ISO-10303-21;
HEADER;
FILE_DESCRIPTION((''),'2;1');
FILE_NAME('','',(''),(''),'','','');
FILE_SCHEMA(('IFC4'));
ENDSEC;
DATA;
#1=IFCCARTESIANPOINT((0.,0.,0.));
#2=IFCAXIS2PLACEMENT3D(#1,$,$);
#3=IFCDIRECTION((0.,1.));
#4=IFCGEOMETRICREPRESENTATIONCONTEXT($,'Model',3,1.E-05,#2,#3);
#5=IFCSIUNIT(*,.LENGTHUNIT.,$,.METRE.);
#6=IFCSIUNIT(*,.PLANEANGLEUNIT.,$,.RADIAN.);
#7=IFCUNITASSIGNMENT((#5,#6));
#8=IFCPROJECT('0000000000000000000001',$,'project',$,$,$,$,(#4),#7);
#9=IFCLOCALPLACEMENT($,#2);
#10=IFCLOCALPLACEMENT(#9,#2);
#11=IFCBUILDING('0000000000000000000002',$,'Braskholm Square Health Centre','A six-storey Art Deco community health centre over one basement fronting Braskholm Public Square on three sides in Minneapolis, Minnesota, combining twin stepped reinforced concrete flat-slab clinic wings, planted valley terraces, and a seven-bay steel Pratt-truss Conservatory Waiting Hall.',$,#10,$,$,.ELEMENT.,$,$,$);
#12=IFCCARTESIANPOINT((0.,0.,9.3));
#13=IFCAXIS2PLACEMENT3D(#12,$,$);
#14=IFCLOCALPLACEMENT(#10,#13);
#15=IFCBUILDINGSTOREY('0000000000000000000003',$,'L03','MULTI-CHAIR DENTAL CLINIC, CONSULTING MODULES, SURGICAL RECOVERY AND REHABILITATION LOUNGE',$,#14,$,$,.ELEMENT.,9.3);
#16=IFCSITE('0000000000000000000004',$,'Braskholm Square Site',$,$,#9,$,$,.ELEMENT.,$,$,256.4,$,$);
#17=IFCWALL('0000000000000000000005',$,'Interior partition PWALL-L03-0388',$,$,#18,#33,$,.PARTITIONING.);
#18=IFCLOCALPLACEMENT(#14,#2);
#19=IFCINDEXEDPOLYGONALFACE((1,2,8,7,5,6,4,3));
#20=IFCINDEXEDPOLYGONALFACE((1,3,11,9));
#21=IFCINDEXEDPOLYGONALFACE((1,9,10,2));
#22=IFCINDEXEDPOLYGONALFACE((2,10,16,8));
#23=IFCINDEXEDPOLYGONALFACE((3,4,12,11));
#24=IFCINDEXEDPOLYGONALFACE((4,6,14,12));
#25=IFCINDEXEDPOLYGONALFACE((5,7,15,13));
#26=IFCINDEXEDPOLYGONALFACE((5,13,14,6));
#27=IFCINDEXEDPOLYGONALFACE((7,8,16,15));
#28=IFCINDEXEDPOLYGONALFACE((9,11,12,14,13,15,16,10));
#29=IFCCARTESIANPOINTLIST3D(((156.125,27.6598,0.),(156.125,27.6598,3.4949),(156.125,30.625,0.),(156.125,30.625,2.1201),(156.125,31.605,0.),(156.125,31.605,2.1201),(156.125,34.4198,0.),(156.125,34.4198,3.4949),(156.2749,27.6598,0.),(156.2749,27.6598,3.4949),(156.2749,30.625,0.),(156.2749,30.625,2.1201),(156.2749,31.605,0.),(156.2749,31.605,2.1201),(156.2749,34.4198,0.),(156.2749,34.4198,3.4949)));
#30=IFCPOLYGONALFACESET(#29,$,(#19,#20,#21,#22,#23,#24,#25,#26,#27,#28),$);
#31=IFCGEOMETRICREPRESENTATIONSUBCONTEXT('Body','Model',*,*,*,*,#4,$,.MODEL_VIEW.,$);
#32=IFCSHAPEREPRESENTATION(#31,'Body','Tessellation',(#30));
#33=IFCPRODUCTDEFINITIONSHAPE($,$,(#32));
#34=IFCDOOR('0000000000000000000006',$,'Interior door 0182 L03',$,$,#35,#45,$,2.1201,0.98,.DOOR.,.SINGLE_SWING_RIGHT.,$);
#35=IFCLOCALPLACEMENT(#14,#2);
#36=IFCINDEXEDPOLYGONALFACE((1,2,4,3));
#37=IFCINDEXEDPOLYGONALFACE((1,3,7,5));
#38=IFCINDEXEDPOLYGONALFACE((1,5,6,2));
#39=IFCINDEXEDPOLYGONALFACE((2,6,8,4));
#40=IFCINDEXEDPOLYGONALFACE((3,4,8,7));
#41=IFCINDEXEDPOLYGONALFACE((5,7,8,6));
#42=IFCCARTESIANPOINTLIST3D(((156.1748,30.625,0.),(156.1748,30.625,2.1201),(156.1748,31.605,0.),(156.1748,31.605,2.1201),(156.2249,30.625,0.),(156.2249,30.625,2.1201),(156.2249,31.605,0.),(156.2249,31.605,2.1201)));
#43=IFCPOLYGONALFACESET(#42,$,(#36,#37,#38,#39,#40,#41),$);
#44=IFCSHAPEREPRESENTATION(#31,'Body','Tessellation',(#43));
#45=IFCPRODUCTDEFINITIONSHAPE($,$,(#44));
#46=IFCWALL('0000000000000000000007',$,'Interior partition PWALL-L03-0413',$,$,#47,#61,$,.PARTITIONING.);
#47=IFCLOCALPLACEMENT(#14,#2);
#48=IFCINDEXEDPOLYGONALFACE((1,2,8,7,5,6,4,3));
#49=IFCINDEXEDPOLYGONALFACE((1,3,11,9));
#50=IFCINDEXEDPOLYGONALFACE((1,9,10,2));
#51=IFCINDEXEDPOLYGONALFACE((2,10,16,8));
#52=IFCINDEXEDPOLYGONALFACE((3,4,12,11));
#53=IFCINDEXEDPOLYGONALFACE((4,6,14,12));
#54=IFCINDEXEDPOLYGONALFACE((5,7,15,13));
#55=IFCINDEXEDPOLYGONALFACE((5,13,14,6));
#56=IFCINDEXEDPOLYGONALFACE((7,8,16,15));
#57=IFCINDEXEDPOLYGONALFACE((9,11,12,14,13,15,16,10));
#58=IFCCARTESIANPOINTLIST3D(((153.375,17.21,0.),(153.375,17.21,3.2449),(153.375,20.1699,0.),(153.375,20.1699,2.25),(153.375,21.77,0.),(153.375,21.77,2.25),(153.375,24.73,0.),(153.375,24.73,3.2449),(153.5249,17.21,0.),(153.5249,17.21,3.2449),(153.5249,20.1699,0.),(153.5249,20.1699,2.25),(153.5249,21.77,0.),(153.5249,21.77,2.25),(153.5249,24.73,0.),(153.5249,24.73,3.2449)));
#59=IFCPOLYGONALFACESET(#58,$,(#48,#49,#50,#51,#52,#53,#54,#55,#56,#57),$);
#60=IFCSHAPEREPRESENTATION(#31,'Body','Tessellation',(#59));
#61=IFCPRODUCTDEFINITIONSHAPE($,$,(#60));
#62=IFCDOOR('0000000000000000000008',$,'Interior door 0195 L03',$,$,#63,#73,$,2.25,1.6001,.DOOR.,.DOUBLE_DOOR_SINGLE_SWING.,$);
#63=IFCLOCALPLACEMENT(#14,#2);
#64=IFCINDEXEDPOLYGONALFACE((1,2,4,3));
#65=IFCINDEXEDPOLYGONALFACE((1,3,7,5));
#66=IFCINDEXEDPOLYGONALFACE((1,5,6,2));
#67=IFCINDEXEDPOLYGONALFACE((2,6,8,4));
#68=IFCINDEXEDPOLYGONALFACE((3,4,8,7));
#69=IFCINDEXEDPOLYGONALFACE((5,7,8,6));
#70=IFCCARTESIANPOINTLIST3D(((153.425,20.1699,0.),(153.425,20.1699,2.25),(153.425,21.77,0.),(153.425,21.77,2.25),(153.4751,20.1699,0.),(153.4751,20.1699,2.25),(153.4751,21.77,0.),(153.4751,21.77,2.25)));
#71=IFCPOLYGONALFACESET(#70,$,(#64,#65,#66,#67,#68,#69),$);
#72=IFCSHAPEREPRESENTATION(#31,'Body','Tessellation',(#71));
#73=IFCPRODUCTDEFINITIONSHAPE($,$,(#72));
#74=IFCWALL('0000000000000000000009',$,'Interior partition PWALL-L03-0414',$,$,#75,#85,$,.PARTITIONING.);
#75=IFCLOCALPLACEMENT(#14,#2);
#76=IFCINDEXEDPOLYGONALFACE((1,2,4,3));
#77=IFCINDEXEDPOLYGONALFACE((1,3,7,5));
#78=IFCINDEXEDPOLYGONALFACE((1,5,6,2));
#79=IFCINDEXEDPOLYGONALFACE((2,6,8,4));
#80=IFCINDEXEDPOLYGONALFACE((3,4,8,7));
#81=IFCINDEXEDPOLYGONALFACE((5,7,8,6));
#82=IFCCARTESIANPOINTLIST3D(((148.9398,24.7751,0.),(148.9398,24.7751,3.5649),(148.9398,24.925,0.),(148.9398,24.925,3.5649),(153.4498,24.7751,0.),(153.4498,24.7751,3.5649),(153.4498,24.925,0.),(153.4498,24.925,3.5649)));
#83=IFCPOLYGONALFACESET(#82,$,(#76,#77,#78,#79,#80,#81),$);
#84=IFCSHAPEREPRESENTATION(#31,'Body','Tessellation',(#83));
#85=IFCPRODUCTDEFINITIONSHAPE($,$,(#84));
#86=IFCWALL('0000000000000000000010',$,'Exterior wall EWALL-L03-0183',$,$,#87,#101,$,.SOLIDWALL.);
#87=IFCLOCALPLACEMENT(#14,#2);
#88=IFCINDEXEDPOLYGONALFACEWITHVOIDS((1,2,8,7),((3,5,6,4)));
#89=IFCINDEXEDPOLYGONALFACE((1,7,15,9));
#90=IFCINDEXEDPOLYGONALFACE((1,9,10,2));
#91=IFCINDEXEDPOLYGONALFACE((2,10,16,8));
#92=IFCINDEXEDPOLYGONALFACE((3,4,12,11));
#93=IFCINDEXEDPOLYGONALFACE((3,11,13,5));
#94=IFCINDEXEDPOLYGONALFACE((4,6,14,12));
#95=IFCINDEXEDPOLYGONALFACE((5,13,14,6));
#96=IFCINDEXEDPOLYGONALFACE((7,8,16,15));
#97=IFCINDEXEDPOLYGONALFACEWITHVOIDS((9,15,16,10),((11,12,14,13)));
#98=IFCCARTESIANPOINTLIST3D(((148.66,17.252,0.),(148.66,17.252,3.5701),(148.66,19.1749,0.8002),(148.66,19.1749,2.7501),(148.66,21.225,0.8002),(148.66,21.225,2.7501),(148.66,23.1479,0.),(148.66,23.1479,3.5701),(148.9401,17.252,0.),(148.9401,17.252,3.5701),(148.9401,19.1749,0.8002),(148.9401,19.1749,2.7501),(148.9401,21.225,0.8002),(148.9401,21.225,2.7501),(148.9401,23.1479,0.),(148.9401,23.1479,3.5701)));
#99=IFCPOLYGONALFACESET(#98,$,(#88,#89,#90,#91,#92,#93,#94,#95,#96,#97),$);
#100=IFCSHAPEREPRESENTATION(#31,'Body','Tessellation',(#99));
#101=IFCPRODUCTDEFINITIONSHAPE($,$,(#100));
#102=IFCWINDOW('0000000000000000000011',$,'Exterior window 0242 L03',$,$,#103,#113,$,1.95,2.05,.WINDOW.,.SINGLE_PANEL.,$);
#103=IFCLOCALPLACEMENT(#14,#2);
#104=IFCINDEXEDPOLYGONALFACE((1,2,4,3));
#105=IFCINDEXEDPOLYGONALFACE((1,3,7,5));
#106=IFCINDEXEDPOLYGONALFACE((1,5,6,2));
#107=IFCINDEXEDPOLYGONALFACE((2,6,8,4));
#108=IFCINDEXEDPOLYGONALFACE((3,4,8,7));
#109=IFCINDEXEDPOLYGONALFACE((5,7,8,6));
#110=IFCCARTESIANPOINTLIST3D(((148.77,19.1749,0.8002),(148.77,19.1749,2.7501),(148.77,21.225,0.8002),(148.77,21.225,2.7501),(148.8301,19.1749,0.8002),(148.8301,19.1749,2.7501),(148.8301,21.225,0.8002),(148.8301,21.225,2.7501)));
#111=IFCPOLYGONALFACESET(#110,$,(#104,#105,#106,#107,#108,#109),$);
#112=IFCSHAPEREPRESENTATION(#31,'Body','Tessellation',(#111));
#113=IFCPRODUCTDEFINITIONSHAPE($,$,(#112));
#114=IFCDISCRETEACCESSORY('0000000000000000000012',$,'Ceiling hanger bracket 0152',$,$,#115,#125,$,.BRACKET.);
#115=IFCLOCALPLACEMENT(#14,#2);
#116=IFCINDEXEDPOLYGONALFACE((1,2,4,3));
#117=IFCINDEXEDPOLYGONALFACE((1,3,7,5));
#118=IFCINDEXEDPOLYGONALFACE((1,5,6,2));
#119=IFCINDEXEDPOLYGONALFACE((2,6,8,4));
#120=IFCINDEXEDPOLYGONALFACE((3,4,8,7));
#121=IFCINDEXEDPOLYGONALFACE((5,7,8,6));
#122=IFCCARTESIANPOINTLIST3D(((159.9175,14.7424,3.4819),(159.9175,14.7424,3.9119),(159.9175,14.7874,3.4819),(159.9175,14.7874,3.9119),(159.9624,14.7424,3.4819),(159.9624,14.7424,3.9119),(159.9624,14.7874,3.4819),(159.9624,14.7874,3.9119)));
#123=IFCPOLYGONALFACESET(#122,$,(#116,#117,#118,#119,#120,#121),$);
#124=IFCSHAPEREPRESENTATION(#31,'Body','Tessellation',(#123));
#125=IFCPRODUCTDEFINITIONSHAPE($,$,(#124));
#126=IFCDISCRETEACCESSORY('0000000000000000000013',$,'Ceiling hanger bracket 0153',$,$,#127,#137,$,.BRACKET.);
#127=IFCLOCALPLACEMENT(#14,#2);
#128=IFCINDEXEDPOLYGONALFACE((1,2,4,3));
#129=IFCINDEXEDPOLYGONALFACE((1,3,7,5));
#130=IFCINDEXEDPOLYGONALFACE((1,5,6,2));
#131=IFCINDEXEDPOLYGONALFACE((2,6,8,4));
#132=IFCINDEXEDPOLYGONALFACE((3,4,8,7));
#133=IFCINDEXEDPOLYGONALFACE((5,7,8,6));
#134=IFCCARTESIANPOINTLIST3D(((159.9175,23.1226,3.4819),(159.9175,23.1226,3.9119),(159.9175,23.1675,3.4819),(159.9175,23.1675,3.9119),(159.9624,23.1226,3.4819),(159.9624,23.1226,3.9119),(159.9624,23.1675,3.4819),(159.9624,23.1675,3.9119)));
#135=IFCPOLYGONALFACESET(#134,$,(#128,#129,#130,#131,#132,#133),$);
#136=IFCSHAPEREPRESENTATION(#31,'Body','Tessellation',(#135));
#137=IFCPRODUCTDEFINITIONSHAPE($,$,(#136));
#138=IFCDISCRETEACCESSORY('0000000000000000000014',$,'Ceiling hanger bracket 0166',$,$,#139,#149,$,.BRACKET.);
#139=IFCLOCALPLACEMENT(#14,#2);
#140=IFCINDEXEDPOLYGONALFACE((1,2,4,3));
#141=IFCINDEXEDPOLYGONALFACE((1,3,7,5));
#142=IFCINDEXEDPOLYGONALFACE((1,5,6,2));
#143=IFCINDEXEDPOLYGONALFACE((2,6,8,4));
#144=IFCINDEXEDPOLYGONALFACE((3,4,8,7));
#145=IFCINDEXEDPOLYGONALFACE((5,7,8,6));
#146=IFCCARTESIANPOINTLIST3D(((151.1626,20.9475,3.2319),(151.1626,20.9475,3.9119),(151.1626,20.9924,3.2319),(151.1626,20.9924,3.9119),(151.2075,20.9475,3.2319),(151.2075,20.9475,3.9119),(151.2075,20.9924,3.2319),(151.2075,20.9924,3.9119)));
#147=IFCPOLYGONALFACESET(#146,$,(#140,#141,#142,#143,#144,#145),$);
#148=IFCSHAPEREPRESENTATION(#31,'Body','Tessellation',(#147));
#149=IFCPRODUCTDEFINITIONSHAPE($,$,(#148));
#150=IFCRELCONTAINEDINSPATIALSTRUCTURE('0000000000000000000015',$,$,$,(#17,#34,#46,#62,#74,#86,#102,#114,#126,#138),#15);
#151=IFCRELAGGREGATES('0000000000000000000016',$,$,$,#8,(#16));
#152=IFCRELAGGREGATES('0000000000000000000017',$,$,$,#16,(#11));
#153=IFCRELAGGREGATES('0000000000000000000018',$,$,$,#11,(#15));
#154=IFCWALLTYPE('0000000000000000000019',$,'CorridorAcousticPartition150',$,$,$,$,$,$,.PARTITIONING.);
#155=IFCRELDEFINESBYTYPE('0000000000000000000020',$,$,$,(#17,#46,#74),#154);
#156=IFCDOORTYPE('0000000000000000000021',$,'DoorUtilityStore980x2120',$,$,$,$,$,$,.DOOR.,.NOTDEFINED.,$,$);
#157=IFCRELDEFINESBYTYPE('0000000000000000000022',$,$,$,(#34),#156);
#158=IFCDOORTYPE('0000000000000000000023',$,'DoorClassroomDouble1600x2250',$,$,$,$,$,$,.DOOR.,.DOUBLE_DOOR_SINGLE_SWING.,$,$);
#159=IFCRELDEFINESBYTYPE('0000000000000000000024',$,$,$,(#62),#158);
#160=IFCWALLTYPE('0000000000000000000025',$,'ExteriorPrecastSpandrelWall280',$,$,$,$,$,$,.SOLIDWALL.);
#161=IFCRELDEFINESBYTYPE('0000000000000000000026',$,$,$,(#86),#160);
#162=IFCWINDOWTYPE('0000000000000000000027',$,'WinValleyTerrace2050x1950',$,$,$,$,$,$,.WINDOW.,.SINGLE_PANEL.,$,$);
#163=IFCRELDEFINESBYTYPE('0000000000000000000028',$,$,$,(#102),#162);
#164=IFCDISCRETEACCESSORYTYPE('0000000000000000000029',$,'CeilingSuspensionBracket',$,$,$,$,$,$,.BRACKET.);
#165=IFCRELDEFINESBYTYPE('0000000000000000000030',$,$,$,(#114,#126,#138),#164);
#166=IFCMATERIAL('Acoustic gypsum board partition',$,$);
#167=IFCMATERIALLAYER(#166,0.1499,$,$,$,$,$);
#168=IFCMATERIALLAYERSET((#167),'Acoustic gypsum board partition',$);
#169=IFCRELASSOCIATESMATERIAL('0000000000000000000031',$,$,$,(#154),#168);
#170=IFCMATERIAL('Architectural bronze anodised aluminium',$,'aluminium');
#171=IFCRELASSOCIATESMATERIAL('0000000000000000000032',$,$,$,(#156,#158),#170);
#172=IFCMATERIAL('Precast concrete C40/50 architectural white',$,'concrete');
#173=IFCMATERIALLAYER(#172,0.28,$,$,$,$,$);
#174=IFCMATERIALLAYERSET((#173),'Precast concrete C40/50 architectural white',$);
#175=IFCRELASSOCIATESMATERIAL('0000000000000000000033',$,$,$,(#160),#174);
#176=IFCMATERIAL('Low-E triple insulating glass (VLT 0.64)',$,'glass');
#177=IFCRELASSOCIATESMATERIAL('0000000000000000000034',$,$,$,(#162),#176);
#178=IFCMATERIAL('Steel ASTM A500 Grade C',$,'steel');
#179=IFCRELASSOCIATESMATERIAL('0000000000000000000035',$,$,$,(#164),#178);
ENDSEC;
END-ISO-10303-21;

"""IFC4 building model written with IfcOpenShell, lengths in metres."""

from ifc_helpers import new_model, si_unit, direction, frame, frame_2d, origin, origin_with_axes, origin_2d, place, context, subcontext, project, spatial, rectangle, extrude, material, layer, layer_set, type_object, element, fill, save


model = new_model("IFC4")

# Units and contexts
model_context = context("Model", 3, precision=1e-05, world=origin(), true_north=direction((0.0, 1.0)))
body_context = subcontext(model_context, "Body", "Model", "MODEL_VIEW")
ifc_project = project(units=[si_unit("LENGTHUNIT", "METRE"), si_unit("PLANEANGLEUNIT", "RADIAN")], contexts=[model_context])

# Site, building, storey
site_placement = place(None, origin())
site = spatial("IfcSite", under=ifc_project, at=site_placement, Name="Braskholm Square Site", CompositionType="ELEMENT", RefElevation=256.4)
building_placement = place(site_placement, origin())
building = spatial("IfcBuilding", under=site, at=building_placement, Name="Braskholm Square Health Centre", Description="A six-storey Art Deco community health centre over one basement fronting Braskholm Public Square on three sides in Minneapolis, Minnesota, combining twin stepped reinforced concrete flat-slab clinic wings, planted valley terraces, and a seven-bay steel Pratt-truss Conservatory Waiting Hall.", CompositionType="ELEMENT")
storey_placement = place(building_placement, frame((0.0, 0.0, 9.3)))
storey = spatial("IfcBuildingStorey", under=building, at=storey_placement, Name="L03", Description="MULTI-CHAIR DENTAL CLINIC, CONSULTING MODULES, SURGICAL RECOVERY AND REHABILITATION LOUNGE", CompositionType="ELEMENT", Elevation=9.3)

# Shared definitions
ifc_material_1 = material(Name="Low-E triple insulating glass (VLT 0.64)", Category="glass")
ifc_material_2 = material(Name="Architectural bronze anodised aluminium", Category="aluminium")

# Shared definitions
ifc_material_3 = material(Name="Precast concrete C40/50 architectural white", Category="concrete")

# Shared definitions
ifc_material_4 = material(Name="Acoustic gypsum board partition")

# Walls, openings, doors
ifc_layer_1 = layer(ifc_material_4, 0.1499)
ifc_layer_set_1 = layer_set([ifc_layer_1], Name="Acoustic gypsum board partition")
wall_type_1 = type_object("IfcWallType", Name="CorridorAcousticPartition150", PredefinedType="PARTITIONING", material=ifc_layer_set_1)
wall_1_placement = place(storey_placement, frame((156.2, 27.6599, 0.0), z_axis=(0.0, 0.0, 1.0), x_axis=(0.0, 1.0, 0.0)))
wall_1 = element("IfcWall", 1, at=wall_1_placement, inside=storey, type_object=wall_type_1, Name="Interior partition PWALL-L03-0388", PredefinedType="PARTITIONING", context=body_context, shape_type="SweptSolid", body=[
    extrude(rectangle(XDim=6.76, YDim=0.1499, at=frame_2d((3.3799, 0.0))), origin(), (0.0, 0.0, 1.0), 3.4949),
])
opening_1_placement = place(wall_1_placement, frame((2.9651, 0.0, 0.0)))
opening_1 = element("IfcOpeningElement", 2, at=opening_1_placement, cuts=wall_1, PredefinedType="OPENING", context=body_context, shape_type="SweptSolid", body=[
    extrude(rectangle(XDim=0.98, YDim=2.1201, at=frame_2d((0.49, 1.0601))), frame((0.0, 0.085, 0.0), z_axis=(0.0, -1.0, 0.0), x_axis=(1.0, 0.0, 0.0)), (0.0, 0.0, 1.0), 0.1699),
])
door_type_1 = type_object("IfcDoorType", Name="DoorUtilityStore980x2120", OperationType="NOTDEFINED", PredefinedType="DOOR", material=ifc_material_2)
door_1_placement = place(opening_1_placement, frame((0.98, 0.0, 0.0), z_axis=(0.0, 0.0, 1.0), x_axis=(-1.0, 0.0, 0.0)))
door_1 = element("IfcDoor", 3, at=door_1_placement, inside=storey, type_object=door_type_1, Name="Interior door 0182 L03", OperationType="SINGLE_SWING_RIGHT", OverallHeight=2.1201, OverallWidth=0.98, PredefinedType="DOOR", context=body_context, shape_type="SweptSolid", body=[
    extrude(rectangle(XDim=0.98, YDim=2.1201, at=frame_2d((0.49, 1.0601))), frame((0.0, 0.0249, 0.0), z_axis=(0.0, -1.0, 0.0), x_axis=(1.0, 0.0, 0.0)), (0.0, 0.0, 1.0), 0.05),
])
fill(opening_1, door_1)
wall_2_placement = place(storey_placement, frame((153.45, 17.21, 0.0), z_axis=(0.0, 0.0, 1.0), x_axis=(0.0, 1.0, 0.0)))
wall_2 = element("IfcWall", 4, at=wall_2_placement, inside=storey, type_object=wall_type_1, Name="Interior partition PWALL-L03-0413", PredefinedType="PARTITIONING", context=body_context, shape_type="SweptSolid", body=[
    extrude(rectangle(XDim=7.52, YDim=0.1499, at=frame_2d((3.76, 0.0))), origin(), (0.0, 0.0, 1.0), 3.2449),
])
opening_2_placement = place(wall_2_placement, frame((2.96, 0.0, 0.0)))
opening_2 = element("IfcOpeningElement", 5, at=opening_2_placement, cuts=wall_2, PredefinedType="OPENING", context=body_context, shape_type="SweptSolid", body=[
    extrude(rectangle(XDim=1.6001, YDim=2.25, at=frame_2d((0.8, 1.125))), frame((0.0, 0.085, 0.0), z_axis=(0.0, -1.0, 0.0), x_axis=(1.0, 0.0, 0.0)), (0.0, 0.0, 1.0), 0.1699),
])
door_type_2 = type_object("IfcDoorType", Name="DoorClassroomDouble1600x2250", OperationType="DOUBLE_DOOR_SINGLE_SWING", PredefinedType="DOOR", material=ifc_material_2)
door_2_placement = place(opening_2_placement, origin_with_axes())
door_2 = element("IfcDoor", 6, at=door_2_placement, inside=storey, type_object=door_type_2, Name="Interior door 0195 L03", OperationType="DOUBLE_DOOR_SINGLE_SWING", OverallHeight=2.25, OverallWidth=1.6001, PredefinedType="DOOR", context=body_context, shape_type="SweptSolid", body=[
    extrude(rectangle(XDim=1.6001, YDim=2.25, at=frame_2d((0.8, 1.125))), frame((0.0, 0.0249, 0.0), z_axis=(0.0, -1.0, 0.0), x_axis=(1.0, 0.0, 0.0)), (0.0, 0.0, 1.0), 0.05),
])
fill(opening_2, door_2)

# Wall
wall_3_placement = place(storey_placement, frame((148.9399, 24.8501, 0.0), z_axis=(0.0, 0.0, 1.0), x_axis=(1.0, 0.0, 0.0)))
element("IfcWall", 7, at=wall_3_placement, inside=storey, type_object=wall_type_1, Name="Interior partition PWALL-L03-0414", PredefinedType="PARTITIONING", context=body_context, shape_type="SweptSolid", body=[
    extrude(rectangle(XDim=4.51, YDim=0.1499, at=frame_2d((2.2549, 0.0))), origin(), (0.0, 0.0, 1.0), 3.5649),
])

# Wall, opening, window
ifc_layer_2 = layer(ifc_material_3, 0.28)
ifc_layer_set_2 = layer_set([ifc_layer_2], Name="Precast concrete C40/50 architectural white")
wall_type_2 = type_object("IfcWallType", Name="ExteriorPrecastSpandrelWall280", PredefinedType="SOLIDWALL", material=ifc_layer_set_2)
wall_4_placement = place(storey_placement, frame((148.8, 23.1479, 0.0), z_axis=(0.0, 0.0, 1.0), x_axis=(0.0, -1.0, 0.0)))
wall_4 = element("IfcWall", 8, at=wall_4_placement, inside=storey, type_object=wall_type_2, Name="Exterior wall EWALL-L03-0183", PredefinedType="SOLIDWALL", context=body_context, shape_type="SweptSolid", body=[
    extrude(rectangle(XDim=5.896, YDim=0.28, at=frame_2d((2.948, 0.0))), origin(), (0.0, 0.0, 1.0), 3.5701),
])
opening_3_placement = place(wall_4_placement, frame((1.9231, 0.0, 0.8)))
opening_3 = element("IfcOpeningElement", 9, at=opening_3_placement, cuts=wall_4, PredefinedType="OPENING", context=body_context, shape_type="SweptSolid", body=[
    extrude(rectangle(XDim=2.05, YDim=1.95, at=frame_2d((1.0249, 0.9751))), frame((0.0, 0.1499, 0.0), z_axis=(0.0, -1.0, 0.0), x_axis=(1.0, 0.0, 0.0)), (0.0, 0.0, 1.0), 0.3),
])
window_type = type_object("IfcWindowType", Name="WinValleyTerrace2050x1950", PartitioningType="SINGLE_PANEL", PredefinedType="WINDOW", material=ifc_material_1)
window_placement = place(opening_3_placement, origin_with_axes())
window = element("IfcWindow", 10, at=window_placement, inside=storey, type_object=window_type, Name="Exterior window 0242 L03", OverallHeight=1.95, OverallWidth=2.05, PartitioningType="SINGLE_PANEL", PredefinedType="WINDOW", context=body_context, shape_type="SweptSolid", body=[
    extrude(rectangle(XDim=2.05, YDim=1.95, at=frame_2d((1.0249, 0.9751))), frame((0.0, 0.03, 0.0), z_axis=(0.0, -1.0, 0.0), x_axis=(1.0, 0.0, 0.0)), (0.0, 0.0, 1.0), 0.0601),
])
fill(opening_3, window)

# Discrete accessories
ifc_material_5 = material(Name="Steel ASTM A500 Grade C", Category="steel")
discrete_accessory_type = type_object("IfcDiscreteAccessoryType", Name="CeilingSuspensionBracket", PredefinedType="BRACKET", material=ifc_material_5)
for number, where, z_axis, x_axis, name in (
    (11, (159.9399, 14.7649, 3.4819), (0.0, 0.0, 1.0), (1.0, 0.0, 0.0), "Ceiling hanger bracket 0152"),
    (12, (159.9399, 23.145, 3.4819), (0.0, 0.0, 1.0), (1.0, 0.0, 0.0), "Ceiling hanger bracket 0153"),
):
    element("IfcDiscreteAccessory", number, at=place(storey_placement, frame(where, z_axis=z_axis, x_axis=x_axis)), inside=storey, type_object=discrete_accessory_type, Name=name, PredefinedType="BRACKET", context=body_context, shape_type="SweptSolid", body=[
        extrude(rectangle(XDim=0.0449, YDim=0.0449, at=origin_2d()), origin(), (0.0, 0.0, 1.0), 0.4299),
    ])
discrete_accessory_placement = place(storey_placement, frame((151.1851, 20.97, 3.2319), z_axis=(0.0, 0.0, 1.0), x_axis=(1.0, 0.0, 0.0)))
element("IfcDiscreteAccessory", 13, at=discrete_accessory_placement, inside=storey, type_object=discrete_accessory_type, Name="Ceiling hanger bracket 0166", PredefinedType="BRACKET", context=body_context, shape_type="SweptSolid", body=[
    extrude(rectangle(XDim=0.0449, YDim=0.0449, at=origin_2d()), origin(), (0.0, 0.0, 1.0), 0.6799),
])

save(model, "model.ifc")
